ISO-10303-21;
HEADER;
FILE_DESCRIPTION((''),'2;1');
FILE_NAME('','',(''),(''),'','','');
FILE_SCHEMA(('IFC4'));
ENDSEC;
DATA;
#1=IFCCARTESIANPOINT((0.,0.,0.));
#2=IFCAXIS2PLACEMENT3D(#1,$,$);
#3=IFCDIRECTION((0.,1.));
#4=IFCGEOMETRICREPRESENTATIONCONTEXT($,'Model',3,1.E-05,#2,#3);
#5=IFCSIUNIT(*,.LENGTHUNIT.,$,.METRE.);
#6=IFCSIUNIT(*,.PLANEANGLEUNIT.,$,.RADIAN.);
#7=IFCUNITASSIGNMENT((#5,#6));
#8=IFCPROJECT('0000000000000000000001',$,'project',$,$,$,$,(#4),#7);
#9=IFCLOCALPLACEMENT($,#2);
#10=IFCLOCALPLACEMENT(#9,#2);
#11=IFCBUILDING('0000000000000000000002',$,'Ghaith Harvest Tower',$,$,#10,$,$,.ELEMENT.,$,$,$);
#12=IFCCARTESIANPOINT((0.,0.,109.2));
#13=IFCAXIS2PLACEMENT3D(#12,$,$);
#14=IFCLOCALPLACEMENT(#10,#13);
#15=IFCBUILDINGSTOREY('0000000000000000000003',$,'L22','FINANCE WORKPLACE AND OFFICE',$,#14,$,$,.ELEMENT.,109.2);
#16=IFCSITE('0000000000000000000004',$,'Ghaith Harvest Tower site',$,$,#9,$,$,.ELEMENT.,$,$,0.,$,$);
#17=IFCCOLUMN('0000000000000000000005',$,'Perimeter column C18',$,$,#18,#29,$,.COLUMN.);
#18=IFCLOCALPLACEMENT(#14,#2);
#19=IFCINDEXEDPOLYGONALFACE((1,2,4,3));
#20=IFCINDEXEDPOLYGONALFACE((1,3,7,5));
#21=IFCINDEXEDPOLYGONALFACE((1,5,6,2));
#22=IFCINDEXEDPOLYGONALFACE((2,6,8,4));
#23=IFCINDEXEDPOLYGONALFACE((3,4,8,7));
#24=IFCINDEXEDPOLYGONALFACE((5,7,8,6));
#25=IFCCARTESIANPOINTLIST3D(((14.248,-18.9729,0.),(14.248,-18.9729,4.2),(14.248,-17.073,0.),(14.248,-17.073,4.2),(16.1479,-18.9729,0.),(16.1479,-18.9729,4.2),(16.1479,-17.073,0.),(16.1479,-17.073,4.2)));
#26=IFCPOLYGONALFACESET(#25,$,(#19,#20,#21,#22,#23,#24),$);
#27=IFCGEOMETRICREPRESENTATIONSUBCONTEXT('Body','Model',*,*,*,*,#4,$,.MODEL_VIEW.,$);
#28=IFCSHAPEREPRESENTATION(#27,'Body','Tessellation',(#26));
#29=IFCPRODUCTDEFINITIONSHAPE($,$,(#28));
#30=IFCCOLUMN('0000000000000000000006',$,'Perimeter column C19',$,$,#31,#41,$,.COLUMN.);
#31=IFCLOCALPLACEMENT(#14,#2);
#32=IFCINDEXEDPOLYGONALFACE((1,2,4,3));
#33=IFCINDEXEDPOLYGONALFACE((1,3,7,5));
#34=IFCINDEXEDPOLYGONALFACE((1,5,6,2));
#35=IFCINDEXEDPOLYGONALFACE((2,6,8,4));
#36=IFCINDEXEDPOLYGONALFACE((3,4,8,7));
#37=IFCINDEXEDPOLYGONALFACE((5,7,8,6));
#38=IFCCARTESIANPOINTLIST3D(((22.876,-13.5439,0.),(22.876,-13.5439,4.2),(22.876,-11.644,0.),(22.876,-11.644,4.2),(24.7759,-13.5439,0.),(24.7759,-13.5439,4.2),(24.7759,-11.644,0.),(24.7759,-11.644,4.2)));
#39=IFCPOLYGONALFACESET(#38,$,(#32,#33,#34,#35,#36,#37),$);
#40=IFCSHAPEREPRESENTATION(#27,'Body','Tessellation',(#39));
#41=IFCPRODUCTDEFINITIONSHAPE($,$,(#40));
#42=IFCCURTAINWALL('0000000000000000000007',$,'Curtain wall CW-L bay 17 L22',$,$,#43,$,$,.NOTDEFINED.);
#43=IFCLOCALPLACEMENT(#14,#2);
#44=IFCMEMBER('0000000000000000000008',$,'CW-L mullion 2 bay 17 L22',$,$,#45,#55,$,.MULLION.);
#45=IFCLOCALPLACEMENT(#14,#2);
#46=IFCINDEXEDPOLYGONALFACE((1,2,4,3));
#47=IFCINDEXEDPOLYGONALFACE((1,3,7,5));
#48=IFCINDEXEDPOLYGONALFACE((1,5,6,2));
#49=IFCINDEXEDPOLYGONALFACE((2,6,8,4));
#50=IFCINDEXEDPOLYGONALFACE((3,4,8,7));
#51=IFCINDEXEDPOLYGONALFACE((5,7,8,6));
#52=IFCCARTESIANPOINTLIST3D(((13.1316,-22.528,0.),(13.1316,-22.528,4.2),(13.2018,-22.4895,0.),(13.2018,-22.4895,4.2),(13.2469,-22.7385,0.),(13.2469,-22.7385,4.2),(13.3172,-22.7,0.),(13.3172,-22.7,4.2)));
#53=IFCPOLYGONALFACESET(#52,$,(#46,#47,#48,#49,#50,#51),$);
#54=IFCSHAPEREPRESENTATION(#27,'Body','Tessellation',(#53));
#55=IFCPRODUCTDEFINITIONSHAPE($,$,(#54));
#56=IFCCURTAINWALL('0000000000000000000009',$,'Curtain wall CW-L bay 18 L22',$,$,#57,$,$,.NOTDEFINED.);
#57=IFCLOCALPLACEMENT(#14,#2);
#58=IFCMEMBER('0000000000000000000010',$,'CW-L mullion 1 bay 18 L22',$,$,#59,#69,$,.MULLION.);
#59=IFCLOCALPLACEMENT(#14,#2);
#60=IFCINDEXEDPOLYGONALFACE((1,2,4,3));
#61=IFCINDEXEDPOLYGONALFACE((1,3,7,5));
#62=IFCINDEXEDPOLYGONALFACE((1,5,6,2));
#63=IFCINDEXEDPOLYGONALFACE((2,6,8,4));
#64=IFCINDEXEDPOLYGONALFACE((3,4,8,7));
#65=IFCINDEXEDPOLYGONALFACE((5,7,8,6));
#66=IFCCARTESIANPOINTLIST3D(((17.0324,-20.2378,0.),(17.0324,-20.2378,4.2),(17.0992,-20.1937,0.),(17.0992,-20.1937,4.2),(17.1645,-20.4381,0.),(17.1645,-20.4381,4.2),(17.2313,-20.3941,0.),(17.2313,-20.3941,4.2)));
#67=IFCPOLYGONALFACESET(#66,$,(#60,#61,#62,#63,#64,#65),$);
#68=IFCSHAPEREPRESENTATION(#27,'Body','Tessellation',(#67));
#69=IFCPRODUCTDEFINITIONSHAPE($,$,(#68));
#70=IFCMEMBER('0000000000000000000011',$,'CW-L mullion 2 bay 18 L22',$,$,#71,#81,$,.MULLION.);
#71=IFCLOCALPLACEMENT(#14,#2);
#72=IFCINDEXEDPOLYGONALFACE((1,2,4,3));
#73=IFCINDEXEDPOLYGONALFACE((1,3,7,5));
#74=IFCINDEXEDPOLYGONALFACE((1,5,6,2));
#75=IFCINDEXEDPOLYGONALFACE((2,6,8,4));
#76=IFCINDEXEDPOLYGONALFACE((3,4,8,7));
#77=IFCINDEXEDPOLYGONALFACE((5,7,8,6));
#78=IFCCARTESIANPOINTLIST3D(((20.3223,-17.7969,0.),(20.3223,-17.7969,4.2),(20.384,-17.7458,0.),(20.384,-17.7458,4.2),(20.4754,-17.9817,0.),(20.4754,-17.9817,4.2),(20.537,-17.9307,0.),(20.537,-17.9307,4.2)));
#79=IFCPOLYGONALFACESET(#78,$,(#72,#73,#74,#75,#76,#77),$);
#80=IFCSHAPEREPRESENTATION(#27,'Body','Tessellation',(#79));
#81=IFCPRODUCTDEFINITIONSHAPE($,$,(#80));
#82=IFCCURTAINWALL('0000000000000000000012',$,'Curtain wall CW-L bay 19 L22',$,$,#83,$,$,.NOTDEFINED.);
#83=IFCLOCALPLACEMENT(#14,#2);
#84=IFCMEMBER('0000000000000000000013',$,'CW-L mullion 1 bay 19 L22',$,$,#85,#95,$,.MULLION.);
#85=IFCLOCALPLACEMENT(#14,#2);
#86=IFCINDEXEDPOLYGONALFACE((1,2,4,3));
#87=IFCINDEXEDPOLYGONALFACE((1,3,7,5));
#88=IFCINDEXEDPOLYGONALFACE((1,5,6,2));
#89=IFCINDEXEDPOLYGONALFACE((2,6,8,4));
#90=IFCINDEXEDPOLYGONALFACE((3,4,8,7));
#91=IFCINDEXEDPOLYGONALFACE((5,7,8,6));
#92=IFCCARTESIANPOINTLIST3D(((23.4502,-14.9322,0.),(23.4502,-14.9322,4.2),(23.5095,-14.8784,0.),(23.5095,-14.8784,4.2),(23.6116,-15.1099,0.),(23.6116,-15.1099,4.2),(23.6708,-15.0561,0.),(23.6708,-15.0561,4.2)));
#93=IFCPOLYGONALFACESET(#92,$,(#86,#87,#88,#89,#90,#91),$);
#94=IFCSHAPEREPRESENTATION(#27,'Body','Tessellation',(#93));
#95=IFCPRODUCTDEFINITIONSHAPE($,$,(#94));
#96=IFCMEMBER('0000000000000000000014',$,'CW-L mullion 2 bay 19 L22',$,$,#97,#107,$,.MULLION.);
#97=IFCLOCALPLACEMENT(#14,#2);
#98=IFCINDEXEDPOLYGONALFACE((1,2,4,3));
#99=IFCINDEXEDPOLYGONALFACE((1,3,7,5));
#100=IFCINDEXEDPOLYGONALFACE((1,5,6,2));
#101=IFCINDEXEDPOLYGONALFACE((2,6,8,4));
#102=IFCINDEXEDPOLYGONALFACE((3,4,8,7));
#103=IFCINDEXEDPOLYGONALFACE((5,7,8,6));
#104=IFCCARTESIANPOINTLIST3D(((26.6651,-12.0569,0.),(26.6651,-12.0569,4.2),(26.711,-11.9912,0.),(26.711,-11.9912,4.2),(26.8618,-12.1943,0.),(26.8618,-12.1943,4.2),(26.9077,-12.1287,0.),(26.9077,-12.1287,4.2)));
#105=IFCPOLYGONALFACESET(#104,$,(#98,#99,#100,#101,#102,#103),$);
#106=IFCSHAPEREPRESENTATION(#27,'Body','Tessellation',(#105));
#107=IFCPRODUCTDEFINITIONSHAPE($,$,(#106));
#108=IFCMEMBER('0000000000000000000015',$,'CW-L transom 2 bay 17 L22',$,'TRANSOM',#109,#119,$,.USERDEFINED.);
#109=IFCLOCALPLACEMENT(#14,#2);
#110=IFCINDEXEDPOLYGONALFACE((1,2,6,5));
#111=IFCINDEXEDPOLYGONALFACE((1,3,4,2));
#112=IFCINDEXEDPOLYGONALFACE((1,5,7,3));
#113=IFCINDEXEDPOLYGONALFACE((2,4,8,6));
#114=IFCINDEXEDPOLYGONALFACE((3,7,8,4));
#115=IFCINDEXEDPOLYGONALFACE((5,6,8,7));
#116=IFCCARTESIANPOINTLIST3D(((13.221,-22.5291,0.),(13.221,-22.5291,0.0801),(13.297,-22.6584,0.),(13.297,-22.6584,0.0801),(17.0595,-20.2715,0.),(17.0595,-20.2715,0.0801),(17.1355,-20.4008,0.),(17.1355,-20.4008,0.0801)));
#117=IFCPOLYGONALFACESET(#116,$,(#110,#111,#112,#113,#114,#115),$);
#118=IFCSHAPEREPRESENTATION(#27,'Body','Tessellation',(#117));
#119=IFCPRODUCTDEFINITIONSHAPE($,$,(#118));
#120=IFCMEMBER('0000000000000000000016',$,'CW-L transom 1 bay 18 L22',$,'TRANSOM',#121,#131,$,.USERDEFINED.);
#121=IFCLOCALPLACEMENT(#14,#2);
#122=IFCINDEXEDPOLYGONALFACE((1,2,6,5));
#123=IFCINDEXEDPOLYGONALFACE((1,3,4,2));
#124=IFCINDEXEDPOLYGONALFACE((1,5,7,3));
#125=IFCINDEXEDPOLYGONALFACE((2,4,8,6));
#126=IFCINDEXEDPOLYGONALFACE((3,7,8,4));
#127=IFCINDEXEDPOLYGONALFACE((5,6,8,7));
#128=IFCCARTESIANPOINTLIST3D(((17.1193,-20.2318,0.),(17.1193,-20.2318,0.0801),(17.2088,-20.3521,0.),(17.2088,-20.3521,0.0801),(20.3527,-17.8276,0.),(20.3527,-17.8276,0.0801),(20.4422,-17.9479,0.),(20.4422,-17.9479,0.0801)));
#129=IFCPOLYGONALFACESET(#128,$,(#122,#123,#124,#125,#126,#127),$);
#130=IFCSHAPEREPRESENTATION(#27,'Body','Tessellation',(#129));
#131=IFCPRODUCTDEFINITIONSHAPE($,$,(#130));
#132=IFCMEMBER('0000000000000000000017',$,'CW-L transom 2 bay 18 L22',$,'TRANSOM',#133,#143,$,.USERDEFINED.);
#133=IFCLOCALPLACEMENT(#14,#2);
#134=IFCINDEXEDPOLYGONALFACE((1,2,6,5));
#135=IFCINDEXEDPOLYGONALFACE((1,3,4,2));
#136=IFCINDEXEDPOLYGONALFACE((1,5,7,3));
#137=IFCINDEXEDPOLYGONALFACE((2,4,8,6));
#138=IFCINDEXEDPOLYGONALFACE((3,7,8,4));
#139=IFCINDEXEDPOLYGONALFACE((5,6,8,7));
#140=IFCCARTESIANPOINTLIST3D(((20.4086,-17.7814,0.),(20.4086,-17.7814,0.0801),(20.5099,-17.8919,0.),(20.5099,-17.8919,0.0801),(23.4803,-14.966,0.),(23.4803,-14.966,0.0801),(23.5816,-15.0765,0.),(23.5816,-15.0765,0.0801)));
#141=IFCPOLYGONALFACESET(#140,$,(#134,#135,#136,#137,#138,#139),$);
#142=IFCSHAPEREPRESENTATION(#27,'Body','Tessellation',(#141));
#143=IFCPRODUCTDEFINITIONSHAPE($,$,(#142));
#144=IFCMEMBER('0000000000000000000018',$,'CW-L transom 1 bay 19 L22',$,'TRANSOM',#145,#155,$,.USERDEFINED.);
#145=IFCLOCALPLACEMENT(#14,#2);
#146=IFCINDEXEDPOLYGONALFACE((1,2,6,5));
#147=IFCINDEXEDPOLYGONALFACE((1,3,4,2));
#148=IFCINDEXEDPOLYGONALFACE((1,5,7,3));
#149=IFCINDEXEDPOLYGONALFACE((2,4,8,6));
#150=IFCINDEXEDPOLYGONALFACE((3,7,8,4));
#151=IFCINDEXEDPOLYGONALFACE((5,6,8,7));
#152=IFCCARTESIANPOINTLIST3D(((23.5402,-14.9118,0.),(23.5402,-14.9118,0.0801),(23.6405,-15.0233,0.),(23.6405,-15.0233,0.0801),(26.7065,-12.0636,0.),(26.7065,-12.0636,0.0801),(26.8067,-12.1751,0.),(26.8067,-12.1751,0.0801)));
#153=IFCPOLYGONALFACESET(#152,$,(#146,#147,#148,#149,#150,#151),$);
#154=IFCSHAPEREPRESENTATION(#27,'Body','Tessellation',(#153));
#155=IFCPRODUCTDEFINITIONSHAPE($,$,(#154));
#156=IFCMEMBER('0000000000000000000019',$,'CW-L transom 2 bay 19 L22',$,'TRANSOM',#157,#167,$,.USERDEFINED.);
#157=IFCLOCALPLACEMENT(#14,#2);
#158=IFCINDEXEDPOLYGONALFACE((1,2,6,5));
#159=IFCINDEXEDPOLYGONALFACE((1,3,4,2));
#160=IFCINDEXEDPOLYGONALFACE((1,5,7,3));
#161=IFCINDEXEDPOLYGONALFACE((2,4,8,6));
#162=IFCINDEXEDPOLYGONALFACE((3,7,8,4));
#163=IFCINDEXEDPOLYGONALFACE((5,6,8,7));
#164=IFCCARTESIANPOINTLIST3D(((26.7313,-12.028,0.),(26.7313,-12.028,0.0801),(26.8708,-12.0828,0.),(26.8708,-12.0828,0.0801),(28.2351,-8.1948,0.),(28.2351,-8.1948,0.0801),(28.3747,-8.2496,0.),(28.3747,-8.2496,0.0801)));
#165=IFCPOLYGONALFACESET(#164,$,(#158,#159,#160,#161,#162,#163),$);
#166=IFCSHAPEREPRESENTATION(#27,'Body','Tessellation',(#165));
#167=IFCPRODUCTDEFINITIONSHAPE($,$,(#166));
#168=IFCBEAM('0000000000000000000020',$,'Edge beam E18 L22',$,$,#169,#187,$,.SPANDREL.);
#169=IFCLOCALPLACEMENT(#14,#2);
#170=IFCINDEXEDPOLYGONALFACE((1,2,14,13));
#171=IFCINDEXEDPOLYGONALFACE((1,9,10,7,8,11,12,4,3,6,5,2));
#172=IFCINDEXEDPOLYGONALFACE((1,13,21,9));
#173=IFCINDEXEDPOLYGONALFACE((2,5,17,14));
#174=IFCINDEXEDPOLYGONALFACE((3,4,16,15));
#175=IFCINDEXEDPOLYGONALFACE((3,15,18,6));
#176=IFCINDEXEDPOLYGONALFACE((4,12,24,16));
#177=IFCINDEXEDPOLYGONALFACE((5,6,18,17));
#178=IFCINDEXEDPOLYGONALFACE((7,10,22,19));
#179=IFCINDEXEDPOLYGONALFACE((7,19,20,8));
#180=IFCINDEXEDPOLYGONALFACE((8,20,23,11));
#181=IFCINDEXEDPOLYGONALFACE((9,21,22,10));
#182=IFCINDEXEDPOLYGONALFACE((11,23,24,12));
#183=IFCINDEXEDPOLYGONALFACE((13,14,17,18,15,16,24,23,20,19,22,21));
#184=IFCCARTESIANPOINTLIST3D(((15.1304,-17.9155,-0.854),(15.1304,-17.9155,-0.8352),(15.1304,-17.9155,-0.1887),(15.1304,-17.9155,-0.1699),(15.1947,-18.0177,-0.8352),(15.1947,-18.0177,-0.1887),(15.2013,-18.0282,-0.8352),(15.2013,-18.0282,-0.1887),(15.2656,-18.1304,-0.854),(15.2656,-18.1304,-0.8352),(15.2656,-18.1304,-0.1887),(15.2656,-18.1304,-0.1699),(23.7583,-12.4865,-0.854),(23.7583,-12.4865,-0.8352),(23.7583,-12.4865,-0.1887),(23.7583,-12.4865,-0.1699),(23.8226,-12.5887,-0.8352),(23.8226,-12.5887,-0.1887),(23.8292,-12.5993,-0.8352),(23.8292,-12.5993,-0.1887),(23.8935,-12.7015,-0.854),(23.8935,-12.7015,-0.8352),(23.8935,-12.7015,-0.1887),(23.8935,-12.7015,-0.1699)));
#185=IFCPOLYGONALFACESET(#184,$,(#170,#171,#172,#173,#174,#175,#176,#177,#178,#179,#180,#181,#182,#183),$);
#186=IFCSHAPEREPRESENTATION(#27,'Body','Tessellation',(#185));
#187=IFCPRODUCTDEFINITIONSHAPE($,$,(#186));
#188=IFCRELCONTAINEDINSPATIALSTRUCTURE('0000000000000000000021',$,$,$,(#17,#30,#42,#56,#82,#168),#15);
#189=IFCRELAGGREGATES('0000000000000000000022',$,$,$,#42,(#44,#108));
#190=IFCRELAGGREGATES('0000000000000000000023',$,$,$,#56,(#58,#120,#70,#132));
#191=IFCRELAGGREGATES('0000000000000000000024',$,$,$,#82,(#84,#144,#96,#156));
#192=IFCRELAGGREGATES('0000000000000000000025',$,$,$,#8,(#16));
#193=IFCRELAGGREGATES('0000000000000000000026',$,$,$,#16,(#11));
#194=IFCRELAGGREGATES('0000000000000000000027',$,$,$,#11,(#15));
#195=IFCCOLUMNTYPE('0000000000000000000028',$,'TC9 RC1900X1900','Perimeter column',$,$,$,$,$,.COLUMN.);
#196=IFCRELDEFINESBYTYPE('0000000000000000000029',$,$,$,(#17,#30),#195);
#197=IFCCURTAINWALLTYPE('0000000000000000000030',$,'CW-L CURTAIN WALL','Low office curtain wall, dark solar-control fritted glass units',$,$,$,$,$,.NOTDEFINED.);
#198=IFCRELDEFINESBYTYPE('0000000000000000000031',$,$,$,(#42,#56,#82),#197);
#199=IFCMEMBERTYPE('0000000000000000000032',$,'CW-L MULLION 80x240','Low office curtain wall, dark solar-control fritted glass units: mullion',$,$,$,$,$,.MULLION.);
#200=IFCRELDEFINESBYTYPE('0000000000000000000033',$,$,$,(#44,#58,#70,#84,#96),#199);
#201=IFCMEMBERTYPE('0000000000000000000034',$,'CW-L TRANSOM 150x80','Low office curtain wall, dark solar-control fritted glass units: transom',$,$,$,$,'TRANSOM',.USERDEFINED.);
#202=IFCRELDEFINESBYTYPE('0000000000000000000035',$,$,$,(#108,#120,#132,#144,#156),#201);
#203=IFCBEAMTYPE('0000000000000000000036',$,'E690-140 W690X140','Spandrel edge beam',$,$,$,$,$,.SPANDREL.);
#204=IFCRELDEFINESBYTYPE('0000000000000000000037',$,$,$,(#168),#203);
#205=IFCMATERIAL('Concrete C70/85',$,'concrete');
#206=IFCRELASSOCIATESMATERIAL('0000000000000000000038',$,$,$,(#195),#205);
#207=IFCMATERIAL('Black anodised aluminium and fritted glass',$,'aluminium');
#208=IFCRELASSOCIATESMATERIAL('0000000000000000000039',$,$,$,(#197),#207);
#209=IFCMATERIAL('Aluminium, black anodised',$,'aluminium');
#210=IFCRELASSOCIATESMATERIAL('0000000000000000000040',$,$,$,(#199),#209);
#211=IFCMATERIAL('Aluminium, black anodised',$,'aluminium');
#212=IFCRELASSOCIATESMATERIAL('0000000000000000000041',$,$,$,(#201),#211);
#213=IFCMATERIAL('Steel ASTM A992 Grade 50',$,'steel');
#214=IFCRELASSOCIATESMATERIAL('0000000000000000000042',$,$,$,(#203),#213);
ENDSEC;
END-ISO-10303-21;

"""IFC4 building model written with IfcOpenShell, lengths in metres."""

from ifc_helpers import new_model, si_unit, direction, frame, origin, origin_2d, place, context, subcontext, project, spatial, rectangle, i_section, extrude, material, material_profile, profile_set, type_object, element, aggregate, save


model = new_model("IFC4")

# Units and contexts
model_context = context("Model", 3, precision=1e-05, world=origin(), true_north=direction((0.0, 1.0)))
body_context = subcontext(model_context, "Body", "Model", "MODEL_VIEW")
ifc_project = project(units=[si_unit("LENGTHUNIT", "METRE"), si_unit("PLANEANGLEUNIT", "RADIAN")], contexts=[model_context])

# Site, building, storey
site_placement = place(None, origin())
site = spatial("IfcSite", under=ifc_project, at=site_placement, Name="Ghaith Harvest Tower site", CompositionType="ELEMENT", RefElevation=0.0)
building_placement = place(site_placement, origin())
building = spatial("IfcBuilding", under=site, at=building_placement, Name="Ghaith Harvest Tower", CompositionType="ELEMENT")
storey_placement = place(building_placement, frame((0.0, 0.0, 109.2)))
storey = spatial("IfcBuildingStorey", under=building, at=storey_placement, Name="L22", Description="FINANCE WORKPLACE AND OFFICE", CompositionType="ELEMENT", Elevation=109.2)

# Columns
ifc_material_1 = material(Name="Concrete C70/85", Category="concrete")
ifc_material_profile_1 = material_profile(ifc_material_1, rectangle(XDim=1.8999, YDim=1.8999, at=origin_2d()), Name="RC1900X1900")
ifc_profile_set_1 = profile_set([ifc_material_profile_1], Name="Concrete C70/85")
column_type = type_object("IfcColumnType", Name="TC9 RC1900X1900", Description="Perimeter column", PredefinedType="COLUMN", material=ifc_profile_set_1)
for number, where, z_axis, x_axis, name in (
    (1, (15.198, -18.0229, 0.0), (0.0, 0.0, 1.0), (1.0, 0.0, 0.0), "Perimeter column C18"),
    (2, (23.8259, -12.594, 0.0), (0.0, 0.0, 1.0), (1.0, 0.0, 0.0), "Perimeter column C19"),
):
    element("IfcColumn", number, at=place(storey_placement, frame(where, z_axis=z_axis, x_axis=x_axis)), inside=storey, type_object=column_type, Name=name, PredefinedType="COLUMN", context=body_context, shape_type="SweptSolid", body=[
        extrude(rectangle(XDim=1.8999, YDim=1.8999, at=origin_2d()), origin(), (0.0, 0.0, 1.0), 4.2),
    ])

# Curtain wall, member
ifc_material_2 = material(Name="Black anodised aluminium and fritted glass", Category="aluminium")
curtain_wall_type = type_object("IfcCurtainWallType", Name="CW-L CURTAIN WALL", Description="Low office curtain wall, dark solar-control fritted glass units", PredefinedType="NOTDEFINED", material=ifc_material_2)
curtain_wall_1_placement = place(storey_placement, origin())
curtain_wall_1 = element("IfcCurtainWall", 3, at=curtain_wall_1_placement, inside=storey, type_object=curtain_wall_type, Name="Curtain wall CW-L bay 17 L22", PredefinedType="NOTDEFINED")
ifc_material_3 = material(Name="Aluminium, black anodised", Category="aluminium")
ifc_material_profile_2 = material_profile(ifc_material_3, rectangle(XDim=0.0801, YDim=0.24, at=origin_2d()), Name="CW-L MULLION 80x240")
ifc_profile_set_2 = profile_set([ifc_material_profile_2], Name="Aluminium, black anodised")
member_type_1 = type_object("IfcMemberType", Name="CW-L MULLION 80x240", Description="Low office curtain wall, dark solar-control fritted glass units: mullion", PredefinedType="MULLION", material=ifc_profile_set_2)
member_1_placement = place(storey_placement, frame((13.2244, -22.614, 0.0), z_axis=(0.0, 0.0, 1.0), x_axis=(0.876899, 0.480675, 0.0)))
member_1 = element("IfcMember", 4, at=member_1_placement, type_object=member_type_1, Name="CW-L mullion 2 bay 17 L22", PredefinedType="MULLION", context=body_context, shape_type="SweptSolid", body=[
    extrude(rectangle(XDim=0.0801, YDim=0.24, at=origin_2d()), origin(), (0.0, 0.0, 1.0), 4.2),
])

# Curtain walls, members
curtain_wall_2_placement = place(storey_placement, origin())
curtain_wall_2 = element("IfcCurtainWall", 5, at=curtain_wall_2_placement, inside=storey, type_object=curtain_wall_type, Name="Curtain wall CW-L bay 18 L22", PredefinedType="NOTDEFINED")
member_2_placement = place(storey_placement, frame((17.1318, -20.3159, 0.0), z_axis=(0.0, 0.0, 1.0), x_axis=(0.834887, 0.550421, 0.0)))
member_2 = element("IfcMember", 6, at=member_2_placement, type_object=member_type_1, Name="CW-L mullion 1 bay 18 L22", PredefinedType="MULLION", context=body_context, shape_type="SweptSolid", body=[
    extrude(rectangle(XDim=0.0801, YDim=0.24, at=origin_2d()), origin(), (0.0, 0.0, 1.0), 4.2),
])
member_3_placement = place(storey_placement, frame((20.4297, -17.8638, 0.0), z_axis=(0.0, 0.0, 1.0), x_axis=(0.770306, 0.637674, 0.0)))
member_3 = element("IfcMember", 7, at=member_3_placement, type_object=member_type_1, Name="CW-L mullion 2 bay 18 L22", PredefinedType="MULLION", context=body_context, shape_type="SweptSolid", body=[
    extrude(rectangle(XDim=0.0801, YDim=0.24, at=origin_2d()), origin(), (0.0, 0.0, 1.0), 4.2),
])
curtain_wall_3_placement = place(storey_placement, origin())
curtain_wall_3 = element("IfcCurtainWall", 8, at=curtain_wall_3_placement, inside=storey, type_object=curtain_wall_type, Name="Curtain wall CW-L bay 19 L22", PredefinedType="NOTDEFINED")
member_4_placement = place(storey_placement, frame((23.5605, -14.9941, 0.0), z_axis=(0.0, 0.0, 1.0), x_axis=(0.740389, 0.672179, 0.0)))
member_4 = element("IfcMember", 9, at=member_4_placement, type_object=member_type_1, Name="CW-L mullion 1 bay 19 L22", PredefinedType="MULLION", context=body_context, shape_type="SweptSolid", body=[
    extrude(rectangle(XDim=0.0801, YDim=0.24, at=origin_2d()), origin(), (0.0, 0.0, 1.0), 4.2),
])
member_5_placement = place(storey_placement, frame((26.7864, -12.0928, 0.0), z_axis=(0.0, 0.0, 1.0), x_axis=(0.572853, 0.819658, 0.0)))
member_5 = element("IfcMember", 10, at=member_5_placement, type_object=member_type_1, Name="CW-L mullion 2 bay 19 L22", PredefinedType="MULLION", context=body_context, shape_type="SweptSolid", body=[
    extrude(rectangle(XDim=0.0801, YDim=0.24, at=origin_2d()), origin(), (0.0, 0.0, 1.0), 4.2),
])

# Members
ifc_material_4 = material(Name="Aluminium, black anodised", Category="aluminium")
ifc_material_profile_3 = material_profile(ifc_material_4, rectangle(XDim=0.1499, YDim=0.0801, at=origin_2d()), Name="CW-L TRANSOM 150x80")
ifc_profile_set_3 = profile_set([ifc_material_profile_3], Name="Aluminium, black anodised")
member_type_2 = type_object("IfcMemberType", Name="CW-L TRANSOM 150x80", Description="Low office curtain wall, dark solar-control fritted glass units: transom", ElementType="TRANSOM", PredefinedType="USERDEFINED", material=ifc_profile_set_3)
member_6_placement = place(storey_placement, frame((13.259, -22.5938, 0.04), z_axis=(0.861964, 0.50697, 0.0), x_axis=(-0.50697, 0.861964, 0.0)))
member_6 = element("IfcMember", 11, at=member_6_placement, type_object=member_type_2, Name="CW-L transom 2 bay 17 L22", ObjectType="TRANSOM", PredefinedType="USERDEFINED", context=body_context, shape_type="SweptSolid", body=[
    extrude(rectangle(XDim=0.1499, YDim=0.0801, at=origin_2d()), origin(), (0.0, 0.0, 1.0), 4.4531),
])
member_7_placement = place(storey_placement, frame((17.1641, -20.292, 0.04), z_axis=(0.802465, 0.596699, 0.0), x_axis=(-0.596699, 0.802465, 0.0)))
member_7 = element("IfcMember", 12, at=member_7_placement, type_object=member_type_2, Name="CW-L transom 1 bay 18 L22", ObjectType="TRANSOM", PredefinedType="USERDEFINED", context=body_context, shape_type="SweptSolid", body=[
    extrude(rectangle(XDim=0.1499, YDim=0.0801, at=origin_2d()), origin(), (0.0, 0.0, 1.0), 4.0293),
])
member_8_placement = place(storey_placement, frame((20.4592, -17.8367, 0.04), z_axis=(0.737198, 0.675677, 0.0), x_axis=(-0.675677, 0.737198, 0.0)))
member_8 = element("IfcMember", 13, at=member_8_placement, type_object=member_type_2, Name="CW-L transom 2 bay 18 L22", ObjectType="TRANSOM", PredefinedType="USERDEFINED", context=body_context, shape_type="SweptSolid", body=[
    extrude(rectangle(XDim=0.1499, YDim=0.0801, at=origin_2d()), origin(), (0.0, 0.0, 1.0), 4.1667),
])
member_9_placement = place(storey_placement, frame((23.5903, -14.9675, 0.04), z_axis=(0.743468, 0.668772, 0.0), x_axis=(-0.668772, 0.743468, 0.0)))
member_9 = element("IfcMember", 14, at=member_9_placement, type_object=member_type_2, Name="CW-L transom 1 bay 19 L22", ObjectType="TRANSOM", PredefinedType="USERDEFINED", context=body_context, shape_type="SweptSolid", body=[
    extrude(rectangle(XDim=0.1499, YDim=0.0801, at=origin_2d()), origin(), (0.0, 0.0, 1.0), 4.2588),
])
member_10_placement = place(storey_placement, frame((26.801, -12.0554, 0.04), z_axis=(0.365229, 0.930918, 0.0), x_axis=(-0.930918, 0.365229, 0.0)))
member_10 = element("IfcMember", 15, at=member_10_placement, type_object=member_type_2, Name="CW-L transom 2 bay 19 L22", ObjectType="TRANSOM", PredefinedType="USERDEFINED", context=body_context, shape_type="SweptSolid", body=[
    extrude(rectangle(XDim=0.1499, YDim=0.0801, at=origin_2d()), origin(), (0.0, 0.0, 1.0), 4.1177),
])

# Beam
ifc_material_5 = material(Name="Steel ASTM A992 Grade 50", Category="steel")
ifc_material_profile_4 = material_profile(ifc_material_5, i_section(OverallWidth=0.2539, OverallDepth=0.6841, WebThickness=0.0125, FlangeThickness=0.0188, at=origin_2d()), Name="W690X140")
ifc_profile_set_4 = profile_set([ifc_material_profile_4], Name="Steel ASTM A992 Grade 50")
beam_type_1 = type_object("IfcBeamType", Name="E690-140 W690X140", Description="Spandrel edge beam", PredefinedType="SPANDREL", material=ifc_profile_set_4)
beam_1_placement = place(storey_placement, frame((15.198, -18.0229, -0.512), z_axis=(0.846385, 0.532571, 0.0), x_axis=(-0.532571, 0.846385, 0.0)))
element("IfcBeam", 16, at=beam_1_placement, inside=storey, type_object=beam_type_1, Name="Edge beam E18 L22", PredefinedType="SPANDREL", context=body_context, shape_type="SweptSolid", body=[
    extrude(i_section(OverallWidth=0.2539, OverallDepth=0.6841, WebThickness=0.0125, FlangeThickness=0.0188, at=origin_2d()), origin(), (0.0, 0.0, 1.0), 10.1938),
])

aggregate(curtain_wall_1, [member_1, member_6])
aggregate(curtain_wall_2, [member_2, member_7, member_3, member_8])
aggregate(curtain_wall_3, [member_4, member_9, member_5, member_10])

save(model, "model.ifc")
